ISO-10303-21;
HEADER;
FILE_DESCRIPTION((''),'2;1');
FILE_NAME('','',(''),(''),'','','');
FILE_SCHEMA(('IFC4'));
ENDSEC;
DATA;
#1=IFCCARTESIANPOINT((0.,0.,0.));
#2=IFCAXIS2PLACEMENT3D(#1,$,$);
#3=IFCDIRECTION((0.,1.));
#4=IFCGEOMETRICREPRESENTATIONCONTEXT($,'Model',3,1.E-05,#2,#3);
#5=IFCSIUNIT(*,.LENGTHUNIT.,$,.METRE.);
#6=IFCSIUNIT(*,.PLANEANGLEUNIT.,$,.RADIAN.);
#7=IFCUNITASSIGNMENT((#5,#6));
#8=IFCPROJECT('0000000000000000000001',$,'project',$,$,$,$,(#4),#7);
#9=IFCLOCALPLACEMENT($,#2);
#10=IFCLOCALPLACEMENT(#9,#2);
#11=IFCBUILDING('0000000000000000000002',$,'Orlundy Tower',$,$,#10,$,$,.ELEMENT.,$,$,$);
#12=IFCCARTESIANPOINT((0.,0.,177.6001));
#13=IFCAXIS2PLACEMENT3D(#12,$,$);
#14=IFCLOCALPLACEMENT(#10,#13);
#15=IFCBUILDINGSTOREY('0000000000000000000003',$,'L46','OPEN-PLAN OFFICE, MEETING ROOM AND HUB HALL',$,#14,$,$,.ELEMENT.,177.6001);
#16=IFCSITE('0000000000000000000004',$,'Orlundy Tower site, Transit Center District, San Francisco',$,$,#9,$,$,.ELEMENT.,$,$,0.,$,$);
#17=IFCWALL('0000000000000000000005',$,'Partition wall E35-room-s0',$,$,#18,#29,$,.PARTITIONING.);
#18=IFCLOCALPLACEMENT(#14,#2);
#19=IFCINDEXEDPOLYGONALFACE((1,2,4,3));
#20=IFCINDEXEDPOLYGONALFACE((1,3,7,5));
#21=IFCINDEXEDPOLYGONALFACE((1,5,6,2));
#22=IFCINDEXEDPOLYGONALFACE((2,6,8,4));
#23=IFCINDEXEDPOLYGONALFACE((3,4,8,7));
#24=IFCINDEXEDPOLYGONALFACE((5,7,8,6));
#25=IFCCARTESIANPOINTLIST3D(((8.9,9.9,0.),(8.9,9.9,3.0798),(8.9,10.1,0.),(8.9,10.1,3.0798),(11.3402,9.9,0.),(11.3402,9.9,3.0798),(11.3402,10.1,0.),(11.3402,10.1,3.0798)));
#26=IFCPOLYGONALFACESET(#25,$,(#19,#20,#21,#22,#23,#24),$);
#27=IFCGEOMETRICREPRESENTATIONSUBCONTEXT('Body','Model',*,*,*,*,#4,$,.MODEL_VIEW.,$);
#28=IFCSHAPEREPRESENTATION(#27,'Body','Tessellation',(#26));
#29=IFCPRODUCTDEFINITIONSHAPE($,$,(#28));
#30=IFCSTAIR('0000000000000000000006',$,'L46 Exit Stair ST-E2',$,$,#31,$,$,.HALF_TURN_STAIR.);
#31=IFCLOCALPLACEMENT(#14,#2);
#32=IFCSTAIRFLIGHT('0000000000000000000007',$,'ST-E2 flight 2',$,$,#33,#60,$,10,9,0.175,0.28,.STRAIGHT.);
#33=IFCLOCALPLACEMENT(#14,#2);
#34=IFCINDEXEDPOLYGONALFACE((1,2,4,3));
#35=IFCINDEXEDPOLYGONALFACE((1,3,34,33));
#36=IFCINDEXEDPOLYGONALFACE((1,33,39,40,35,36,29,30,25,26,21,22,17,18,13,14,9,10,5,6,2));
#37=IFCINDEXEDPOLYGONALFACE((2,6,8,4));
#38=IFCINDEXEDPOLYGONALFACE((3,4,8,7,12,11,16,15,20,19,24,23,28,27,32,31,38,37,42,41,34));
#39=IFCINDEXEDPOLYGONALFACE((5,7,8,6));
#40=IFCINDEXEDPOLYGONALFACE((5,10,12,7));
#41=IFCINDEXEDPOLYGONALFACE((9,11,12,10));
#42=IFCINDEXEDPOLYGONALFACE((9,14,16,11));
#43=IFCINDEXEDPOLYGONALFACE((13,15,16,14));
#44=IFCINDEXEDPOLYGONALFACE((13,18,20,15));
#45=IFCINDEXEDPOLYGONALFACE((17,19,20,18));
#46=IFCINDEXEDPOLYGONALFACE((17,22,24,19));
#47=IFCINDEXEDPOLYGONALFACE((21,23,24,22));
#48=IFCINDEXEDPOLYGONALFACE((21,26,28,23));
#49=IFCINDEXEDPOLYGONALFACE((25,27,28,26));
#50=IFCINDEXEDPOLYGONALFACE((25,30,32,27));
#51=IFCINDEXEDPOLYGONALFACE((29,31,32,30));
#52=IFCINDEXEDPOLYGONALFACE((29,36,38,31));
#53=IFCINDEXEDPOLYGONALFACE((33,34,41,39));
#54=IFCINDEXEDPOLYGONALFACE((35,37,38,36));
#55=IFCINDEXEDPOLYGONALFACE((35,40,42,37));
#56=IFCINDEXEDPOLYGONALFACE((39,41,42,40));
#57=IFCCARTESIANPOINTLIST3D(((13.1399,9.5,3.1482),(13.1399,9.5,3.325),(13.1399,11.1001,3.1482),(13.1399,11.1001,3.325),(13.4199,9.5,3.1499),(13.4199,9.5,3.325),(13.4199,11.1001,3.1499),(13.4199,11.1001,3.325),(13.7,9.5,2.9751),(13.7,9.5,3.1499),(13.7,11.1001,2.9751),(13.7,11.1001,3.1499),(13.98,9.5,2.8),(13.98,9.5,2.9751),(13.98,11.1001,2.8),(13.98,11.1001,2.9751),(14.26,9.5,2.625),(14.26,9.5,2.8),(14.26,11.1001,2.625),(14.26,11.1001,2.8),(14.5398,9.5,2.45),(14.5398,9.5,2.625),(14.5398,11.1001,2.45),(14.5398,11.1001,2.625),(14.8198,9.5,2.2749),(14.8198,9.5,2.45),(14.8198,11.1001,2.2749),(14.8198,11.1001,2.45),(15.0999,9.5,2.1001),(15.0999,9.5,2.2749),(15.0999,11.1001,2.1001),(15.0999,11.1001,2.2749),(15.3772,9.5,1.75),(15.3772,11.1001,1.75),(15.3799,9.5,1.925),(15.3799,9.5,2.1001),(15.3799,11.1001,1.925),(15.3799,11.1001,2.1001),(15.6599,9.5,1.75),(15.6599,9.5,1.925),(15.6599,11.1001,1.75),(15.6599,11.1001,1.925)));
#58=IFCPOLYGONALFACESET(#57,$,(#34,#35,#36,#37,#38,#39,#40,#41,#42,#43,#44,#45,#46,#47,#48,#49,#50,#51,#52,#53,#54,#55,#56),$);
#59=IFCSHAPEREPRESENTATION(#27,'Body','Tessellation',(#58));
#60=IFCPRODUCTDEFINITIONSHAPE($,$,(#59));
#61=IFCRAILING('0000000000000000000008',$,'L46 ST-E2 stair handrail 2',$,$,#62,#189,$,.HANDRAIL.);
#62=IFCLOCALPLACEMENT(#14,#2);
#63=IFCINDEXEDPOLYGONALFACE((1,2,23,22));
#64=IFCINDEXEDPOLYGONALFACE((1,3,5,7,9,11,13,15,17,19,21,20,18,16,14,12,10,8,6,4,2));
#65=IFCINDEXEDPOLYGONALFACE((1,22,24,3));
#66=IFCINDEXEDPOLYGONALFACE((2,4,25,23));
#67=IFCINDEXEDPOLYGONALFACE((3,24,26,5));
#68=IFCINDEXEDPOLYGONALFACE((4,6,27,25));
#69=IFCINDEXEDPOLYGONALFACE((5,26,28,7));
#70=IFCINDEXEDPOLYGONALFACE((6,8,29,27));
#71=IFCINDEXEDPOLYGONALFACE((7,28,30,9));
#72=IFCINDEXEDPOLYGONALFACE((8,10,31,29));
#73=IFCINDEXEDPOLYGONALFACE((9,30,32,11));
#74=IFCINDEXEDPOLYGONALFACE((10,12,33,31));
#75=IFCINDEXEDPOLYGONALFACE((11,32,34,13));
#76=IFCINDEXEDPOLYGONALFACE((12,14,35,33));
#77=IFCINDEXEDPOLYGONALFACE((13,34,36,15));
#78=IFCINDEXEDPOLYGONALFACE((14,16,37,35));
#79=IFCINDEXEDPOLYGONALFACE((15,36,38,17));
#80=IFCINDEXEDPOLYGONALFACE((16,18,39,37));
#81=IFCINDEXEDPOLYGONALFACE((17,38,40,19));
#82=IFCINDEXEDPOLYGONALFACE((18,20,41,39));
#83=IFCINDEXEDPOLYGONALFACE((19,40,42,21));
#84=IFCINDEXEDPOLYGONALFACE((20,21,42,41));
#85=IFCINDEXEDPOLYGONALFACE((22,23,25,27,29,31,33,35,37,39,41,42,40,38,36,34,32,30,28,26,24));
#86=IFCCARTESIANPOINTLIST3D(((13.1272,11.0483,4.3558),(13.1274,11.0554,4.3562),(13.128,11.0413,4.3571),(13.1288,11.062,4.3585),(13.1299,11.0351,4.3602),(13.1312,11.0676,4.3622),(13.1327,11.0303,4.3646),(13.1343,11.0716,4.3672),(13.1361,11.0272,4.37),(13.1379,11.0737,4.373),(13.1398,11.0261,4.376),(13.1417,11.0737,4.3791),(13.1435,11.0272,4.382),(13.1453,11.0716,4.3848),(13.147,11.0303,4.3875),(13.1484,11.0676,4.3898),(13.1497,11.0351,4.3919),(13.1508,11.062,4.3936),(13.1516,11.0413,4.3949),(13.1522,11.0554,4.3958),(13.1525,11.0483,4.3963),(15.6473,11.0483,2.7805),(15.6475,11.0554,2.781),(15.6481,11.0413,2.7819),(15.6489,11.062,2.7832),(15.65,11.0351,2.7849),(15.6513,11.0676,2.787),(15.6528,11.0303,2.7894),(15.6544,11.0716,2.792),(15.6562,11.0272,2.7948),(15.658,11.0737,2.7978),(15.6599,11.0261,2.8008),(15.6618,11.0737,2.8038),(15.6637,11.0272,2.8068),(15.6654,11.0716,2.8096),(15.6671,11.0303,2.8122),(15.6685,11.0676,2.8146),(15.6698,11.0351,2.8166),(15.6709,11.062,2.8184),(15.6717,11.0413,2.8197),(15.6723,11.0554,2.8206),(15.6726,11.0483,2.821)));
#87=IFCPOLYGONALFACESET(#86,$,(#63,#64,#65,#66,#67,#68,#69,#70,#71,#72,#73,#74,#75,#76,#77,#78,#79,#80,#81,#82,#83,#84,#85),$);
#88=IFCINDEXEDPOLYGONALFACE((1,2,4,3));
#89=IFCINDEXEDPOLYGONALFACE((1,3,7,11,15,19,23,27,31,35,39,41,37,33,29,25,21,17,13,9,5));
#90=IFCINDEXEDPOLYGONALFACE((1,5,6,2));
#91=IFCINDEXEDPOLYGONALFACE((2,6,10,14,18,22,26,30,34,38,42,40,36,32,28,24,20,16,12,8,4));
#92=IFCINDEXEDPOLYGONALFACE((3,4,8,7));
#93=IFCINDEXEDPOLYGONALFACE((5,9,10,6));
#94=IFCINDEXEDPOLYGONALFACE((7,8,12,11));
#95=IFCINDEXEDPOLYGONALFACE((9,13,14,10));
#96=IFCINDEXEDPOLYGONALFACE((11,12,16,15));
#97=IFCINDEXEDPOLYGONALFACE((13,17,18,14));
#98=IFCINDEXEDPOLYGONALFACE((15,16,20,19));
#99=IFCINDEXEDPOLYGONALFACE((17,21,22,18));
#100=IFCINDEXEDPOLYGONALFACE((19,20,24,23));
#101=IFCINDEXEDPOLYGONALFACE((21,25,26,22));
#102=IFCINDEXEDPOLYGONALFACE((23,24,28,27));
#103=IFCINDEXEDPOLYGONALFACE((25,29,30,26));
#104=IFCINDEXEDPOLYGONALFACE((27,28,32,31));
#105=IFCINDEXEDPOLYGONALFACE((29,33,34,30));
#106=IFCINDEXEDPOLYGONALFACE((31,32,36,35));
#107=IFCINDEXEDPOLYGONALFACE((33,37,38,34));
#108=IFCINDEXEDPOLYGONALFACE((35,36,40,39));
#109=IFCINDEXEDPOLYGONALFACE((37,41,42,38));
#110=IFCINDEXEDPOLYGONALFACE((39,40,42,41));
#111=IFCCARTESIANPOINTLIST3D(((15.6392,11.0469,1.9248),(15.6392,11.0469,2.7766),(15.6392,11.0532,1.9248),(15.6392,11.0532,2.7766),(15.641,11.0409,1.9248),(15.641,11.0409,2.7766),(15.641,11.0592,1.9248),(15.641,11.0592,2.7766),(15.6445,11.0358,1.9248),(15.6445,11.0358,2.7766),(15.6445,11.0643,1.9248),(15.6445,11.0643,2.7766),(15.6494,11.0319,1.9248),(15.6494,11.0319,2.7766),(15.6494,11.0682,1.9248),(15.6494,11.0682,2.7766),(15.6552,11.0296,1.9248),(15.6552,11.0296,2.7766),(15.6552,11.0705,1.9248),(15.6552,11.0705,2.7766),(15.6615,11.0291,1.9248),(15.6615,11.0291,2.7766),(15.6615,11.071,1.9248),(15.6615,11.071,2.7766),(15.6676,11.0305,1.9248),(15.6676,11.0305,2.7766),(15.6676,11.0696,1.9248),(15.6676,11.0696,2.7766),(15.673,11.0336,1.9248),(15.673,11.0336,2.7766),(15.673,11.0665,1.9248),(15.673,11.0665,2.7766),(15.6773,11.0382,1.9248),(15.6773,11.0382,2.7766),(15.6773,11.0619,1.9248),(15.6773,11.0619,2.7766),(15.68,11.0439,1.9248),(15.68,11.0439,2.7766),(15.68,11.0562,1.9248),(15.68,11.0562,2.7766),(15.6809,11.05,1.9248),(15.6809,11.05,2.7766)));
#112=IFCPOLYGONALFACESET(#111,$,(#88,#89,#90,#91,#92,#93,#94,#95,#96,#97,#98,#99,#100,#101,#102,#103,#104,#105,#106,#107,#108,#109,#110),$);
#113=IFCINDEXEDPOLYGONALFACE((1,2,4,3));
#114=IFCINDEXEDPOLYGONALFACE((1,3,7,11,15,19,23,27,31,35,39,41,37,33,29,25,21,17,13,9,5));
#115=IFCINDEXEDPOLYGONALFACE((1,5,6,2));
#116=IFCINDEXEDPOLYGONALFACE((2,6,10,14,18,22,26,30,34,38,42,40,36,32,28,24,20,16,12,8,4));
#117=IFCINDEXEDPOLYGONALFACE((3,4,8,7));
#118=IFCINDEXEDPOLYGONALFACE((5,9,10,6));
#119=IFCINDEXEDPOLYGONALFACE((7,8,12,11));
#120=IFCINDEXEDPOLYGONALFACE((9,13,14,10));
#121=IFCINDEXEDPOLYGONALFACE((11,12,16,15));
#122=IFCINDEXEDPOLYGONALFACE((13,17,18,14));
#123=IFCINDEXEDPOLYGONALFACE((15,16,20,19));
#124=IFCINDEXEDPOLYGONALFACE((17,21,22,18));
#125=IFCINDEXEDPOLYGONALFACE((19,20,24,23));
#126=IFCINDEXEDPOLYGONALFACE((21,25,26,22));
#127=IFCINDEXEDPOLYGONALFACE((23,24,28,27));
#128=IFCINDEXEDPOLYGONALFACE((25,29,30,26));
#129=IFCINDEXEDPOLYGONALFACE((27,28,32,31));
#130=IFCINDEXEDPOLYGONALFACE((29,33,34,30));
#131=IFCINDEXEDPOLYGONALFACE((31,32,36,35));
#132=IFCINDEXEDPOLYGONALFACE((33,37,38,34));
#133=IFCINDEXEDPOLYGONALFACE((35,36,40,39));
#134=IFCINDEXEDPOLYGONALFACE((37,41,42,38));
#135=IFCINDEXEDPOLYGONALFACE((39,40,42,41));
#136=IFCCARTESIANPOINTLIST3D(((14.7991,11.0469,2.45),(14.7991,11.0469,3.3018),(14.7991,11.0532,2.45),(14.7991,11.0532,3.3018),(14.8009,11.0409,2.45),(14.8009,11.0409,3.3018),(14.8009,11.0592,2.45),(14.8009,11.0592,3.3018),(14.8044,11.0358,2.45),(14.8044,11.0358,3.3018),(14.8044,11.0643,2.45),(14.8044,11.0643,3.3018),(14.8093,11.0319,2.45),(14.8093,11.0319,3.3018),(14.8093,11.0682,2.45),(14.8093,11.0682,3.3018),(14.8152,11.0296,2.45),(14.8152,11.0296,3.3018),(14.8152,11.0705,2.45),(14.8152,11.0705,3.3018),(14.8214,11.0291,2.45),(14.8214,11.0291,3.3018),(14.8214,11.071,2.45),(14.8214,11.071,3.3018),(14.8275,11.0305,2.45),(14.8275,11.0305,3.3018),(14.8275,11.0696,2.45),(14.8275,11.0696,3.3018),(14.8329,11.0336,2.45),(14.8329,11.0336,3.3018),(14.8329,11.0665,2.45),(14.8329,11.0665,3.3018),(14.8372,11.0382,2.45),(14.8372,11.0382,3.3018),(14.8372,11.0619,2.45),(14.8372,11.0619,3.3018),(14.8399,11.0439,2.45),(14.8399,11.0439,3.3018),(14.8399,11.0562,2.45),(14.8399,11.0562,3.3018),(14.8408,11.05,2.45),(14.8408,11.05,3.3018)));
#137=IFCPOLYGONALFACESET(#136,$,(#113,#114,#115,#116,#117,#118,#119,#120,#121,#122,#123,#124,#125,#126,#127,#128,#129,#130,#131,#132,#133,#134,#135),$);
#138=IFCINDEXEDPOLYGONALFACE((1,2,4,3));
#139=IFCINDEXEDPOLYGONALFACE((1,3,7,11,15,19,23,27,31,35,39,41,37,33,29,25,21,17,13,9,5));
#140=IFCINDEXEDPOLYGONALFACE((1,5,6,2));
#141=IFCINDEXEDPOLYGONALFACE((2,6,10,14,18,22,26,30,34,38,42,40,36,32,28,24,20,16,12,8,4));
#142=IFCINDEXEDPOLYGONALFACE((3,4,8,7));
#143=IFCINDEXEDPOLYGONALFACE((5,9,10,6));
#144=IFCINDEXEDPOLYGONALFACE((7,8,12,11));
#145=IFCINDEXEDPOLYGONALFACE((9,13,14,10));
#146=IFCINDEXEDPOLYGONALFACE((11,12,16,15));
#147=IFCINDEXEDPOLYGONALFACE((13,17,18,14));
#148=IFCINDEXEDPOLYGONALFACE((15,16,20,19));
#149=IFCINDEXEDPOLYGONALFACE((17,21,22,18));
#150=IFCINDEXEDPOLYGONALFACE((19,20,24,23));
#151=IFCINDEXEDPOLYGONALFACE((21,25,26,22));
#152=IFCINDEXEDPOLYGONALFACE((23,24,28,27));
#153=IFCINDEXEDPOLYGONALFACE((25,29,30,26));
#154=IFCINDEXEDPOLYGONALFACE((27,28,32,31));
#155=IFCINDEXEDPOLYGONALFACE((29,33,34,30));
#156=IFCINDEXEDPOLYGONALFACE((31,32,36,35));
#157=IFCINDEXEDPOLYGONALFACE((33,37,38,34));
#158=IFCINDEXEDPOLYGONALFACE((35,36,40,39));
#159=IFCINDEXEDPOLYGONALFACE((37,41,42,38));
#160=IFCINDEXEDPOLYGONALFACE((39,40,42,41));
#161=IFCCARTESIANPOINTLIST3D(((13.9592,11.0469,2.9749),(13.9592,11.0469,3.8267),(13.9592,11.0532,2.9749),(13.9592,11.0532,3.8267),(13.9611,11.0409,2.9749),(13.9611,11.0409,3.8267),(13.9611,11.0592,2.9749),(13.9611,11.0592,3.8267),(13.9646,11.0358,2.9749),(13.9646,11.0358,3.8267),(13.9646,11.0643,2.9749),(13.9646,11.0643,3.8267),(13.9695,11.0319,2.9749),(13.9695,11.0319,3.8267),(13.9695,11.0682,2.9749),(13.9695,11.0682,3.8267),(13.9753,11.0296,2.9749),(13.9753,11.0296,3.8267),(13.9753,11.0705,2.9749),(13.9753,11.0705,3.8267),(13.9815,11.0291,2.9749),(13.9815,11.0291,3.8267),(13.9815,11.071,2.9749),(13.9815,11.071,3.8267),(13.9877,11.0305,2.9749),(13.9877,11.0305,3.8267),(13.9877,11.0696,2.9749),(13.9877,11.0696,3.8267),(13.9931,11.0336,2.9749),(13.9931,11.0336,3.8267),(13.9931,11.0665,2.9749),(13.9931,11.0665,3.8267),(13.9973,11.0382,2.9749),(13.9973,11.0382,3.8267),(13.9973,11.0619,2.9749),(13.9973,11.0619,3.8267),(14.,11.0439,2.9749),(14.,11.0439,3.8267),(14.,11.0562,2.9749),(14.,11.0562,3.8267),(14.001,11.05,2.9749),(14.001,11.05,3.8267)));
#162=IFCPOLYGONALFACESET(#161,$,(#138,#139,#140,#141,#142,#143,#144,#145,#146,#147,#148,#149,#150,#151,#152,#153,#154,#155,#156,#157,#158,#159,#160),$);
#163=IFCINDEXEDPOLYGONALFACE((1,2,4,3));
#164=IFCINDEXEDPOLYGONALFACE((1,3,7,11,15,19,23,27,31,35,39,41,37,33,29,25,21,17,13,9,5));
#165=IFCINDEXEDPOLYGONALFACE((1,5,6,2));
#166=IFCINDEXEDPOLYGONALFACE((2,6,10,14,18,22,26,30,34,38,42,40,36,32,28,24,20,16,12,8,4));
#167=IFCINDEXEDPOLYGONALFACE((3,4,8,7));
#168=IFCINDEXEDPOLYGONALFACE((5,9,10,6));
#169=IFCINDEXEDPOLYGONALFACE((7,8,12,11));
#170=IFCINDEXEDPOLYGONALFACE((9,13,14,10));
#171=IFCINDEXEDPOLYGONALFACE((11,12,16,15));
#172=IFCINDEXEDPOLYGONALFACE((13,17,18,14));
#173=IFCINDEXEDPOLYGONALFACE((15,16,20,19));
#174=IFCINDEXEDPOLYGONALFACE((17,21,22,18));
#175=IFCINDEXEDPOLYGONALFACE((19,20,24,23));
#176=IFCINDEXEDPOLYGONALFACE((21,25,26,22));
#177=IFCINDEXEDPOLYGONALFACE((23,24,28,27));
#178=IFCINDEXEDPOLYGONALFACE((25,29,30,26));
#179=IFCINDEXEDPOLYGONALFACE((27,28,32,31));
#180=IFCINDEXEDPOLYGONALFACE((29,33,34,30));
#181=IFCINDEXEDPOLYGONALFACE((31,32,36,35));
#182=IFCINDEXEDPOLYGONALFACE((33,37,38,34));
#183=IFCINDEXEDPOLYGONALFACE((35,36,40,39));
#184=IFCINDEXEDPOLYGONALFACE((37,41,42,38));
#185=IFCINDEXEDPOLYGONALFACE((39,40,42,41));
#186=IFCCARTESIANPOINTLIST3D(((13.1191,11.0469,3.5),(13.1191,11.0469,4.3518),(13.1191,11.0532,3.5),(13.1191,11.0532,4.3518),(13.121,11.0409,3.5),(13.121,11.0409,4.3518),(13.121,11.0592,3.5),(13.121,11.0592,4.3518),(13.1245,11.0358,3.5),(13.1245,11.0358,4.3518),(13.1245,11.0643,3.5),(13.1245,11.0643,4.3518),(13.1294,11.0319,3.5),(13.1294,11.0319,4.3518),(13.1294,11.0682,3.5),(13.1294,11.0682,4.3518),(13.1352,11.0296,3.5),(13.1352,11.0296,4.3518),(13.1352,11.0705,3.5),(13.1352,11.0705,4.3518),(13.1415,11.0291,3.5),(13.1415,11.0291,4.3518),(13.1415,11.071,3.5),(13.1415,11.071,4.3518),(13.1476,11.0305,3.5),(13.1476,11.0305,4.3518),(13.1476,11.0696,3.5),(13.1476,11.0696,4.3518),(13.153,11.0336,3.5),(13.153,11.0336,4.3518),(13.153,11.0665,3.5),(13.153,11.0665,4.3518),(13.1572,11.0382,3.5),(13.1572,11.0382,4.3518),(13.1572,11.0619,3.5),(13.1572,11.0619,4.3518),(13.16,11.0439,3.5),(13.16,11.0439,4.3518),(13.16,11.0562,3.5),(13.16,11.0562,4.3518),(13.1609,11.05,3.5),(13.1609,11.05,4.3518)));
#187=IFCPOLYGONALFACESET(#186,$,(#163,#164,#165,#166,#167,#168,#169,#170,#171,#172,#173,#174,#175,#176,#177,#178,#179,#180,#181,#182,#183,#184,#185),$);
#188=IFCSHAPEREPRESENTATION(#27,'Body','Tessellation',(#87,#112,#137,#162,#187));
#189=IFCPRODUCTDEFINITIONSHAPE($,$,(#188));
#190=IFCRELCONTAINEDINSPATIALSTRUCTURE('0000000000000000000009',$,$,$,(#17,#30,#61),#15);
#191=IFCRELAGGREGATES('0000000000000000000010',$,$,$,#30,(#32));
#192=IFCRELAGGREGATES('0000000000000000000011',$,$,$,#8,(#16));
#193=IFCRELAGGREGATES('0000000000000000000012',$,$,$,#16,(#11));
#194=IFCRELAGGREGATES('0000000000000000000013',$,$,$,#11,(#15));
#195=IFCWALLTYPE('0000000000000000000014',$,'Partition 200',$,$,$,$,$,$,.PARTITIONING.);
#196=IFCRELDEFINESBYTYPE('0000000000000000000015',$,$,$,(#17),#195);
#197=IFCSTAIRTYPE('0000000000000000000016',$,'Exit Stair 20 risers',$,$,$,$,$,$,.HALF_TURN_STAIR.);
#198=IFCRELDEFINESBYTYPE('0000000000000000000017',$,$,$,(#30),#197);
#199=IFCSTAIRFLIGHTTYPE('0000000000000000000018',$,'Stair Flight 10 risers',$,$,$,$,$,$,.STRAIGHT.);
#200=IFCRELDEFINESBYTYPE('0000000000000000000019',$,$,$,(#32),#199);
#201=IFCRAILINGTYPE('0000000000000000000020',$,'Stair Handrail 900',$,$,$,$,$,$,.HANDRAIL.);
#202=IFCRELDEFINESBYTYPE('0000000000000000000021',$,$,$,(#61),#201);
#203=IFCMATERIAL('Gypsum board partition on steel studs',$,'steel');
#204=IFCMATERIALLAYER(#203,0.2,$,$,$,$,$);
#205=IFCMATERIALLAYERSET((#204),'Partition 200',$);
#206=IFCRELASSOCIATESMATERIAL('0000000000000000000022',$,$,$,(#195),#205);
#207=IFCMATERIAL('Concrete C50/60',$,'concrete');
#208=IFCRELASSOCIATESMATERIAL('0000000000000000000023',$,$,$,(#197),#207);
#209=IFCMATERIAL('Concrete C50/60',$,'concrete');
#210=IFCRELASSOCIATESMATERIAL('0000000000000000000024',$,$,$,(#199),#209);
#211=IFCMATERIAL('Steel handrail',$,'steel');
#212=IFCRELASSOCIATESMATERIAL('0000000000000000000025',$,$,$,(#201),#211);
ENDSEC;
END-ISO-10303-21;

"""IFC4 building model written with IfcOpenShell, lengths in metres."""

from ifc_helpers import new_model, si_unit, direction, frame, frame_2d, origin, origin_2d, place, context, subcontext, project, spatial, polyline, rectangle, circle, outline, extrude, material, layer, layer_set, type_object, element, aggregate, save


model = new_model("IFC4")

# Units and contexts
model_context = context("Model", 3, precision=1e-05, world=origin(), true_north=direction((0.0, 1.0)))
body_context = subcontext(model_context, "Body", "Model", "MODEL_VIEW")
ifc_project = project(units=[si_unit("LENGTHUNIT", "METRE"), si_unit("PLANEANGLEUNIT", "RADIAN")], contexts=[model_context])

# Site, building, storey
site_placement = place(None, origin())
site = spatial("IfcSite", under=ifc_project, at=site_placement, Name="Orlundy Tower site, Transit Center District, San Francisco", CompositionType="ELEMENT", RefElevation=0.0)
building_placement = place(site_placement, origin())
building = spatial("IfcBuilding", under=site, at=building_placement, Name="Orlundy Tower", CompositionType="ELEMENT")
storey_placement = place(building_placement, frame((0.0, 0.0, 177.6001)))
storey = spatial("IfcBuildingStorey", under=building, at=storey_placement, Name="L46", Description="OPEN-PLAN OFFICE, MEETING ROOM AND HUB HALL", CompositionType="ELEMENT", Elevation=177.6001)

# Wall
ifc_material_1 = material(Name="Gypsum board partition on steel studs", Category="steel")
ifc_layer_1 = layer(ifc_material_1, 0.2)
ifc_layer_set_1 = layer_set([ifc_layer_1], Name="Partition 200")
wall_type_1 = type_object("IfcWallType", Name="Partition 200", PredefinedType="PARTITIONING", material=ifc_layer_set_1)
wall_1_placement = place(storey_placement, frame((8.8999, 10.0, 0.0), z_axis=(0.0, 0.0, 1.0), x_axis=(1.0, 0.0, 0.0)))
element("IfcWall", 1, at=wall_1_placement, inside=storey, type_object=wall_type_1, Name="Partition wall E35-room-s0", PredefinedType="PARTITIONING", context=body_context, shape_type="SweptSolid", body=[
    extrude(rectangle(XDim=2.4402, YDim=0.2, at=frame_2d((1.2202, 0.0))), origin(), (0.0, 0.0, 1.0), 3.0798),
])

# Stair, stair flight
ifc_material_2 = material(Name="Concrete C50/60", Category="concrete")
stair_type = type_object("IfcStairType", Name="Exit Stair 20 risers", PredefinedType="HALF_TURN_STAIR", material=ifc_material_2)
stair_placement = place(storey_placement, origin())
stair = element("IfcStair", 2, at=stair_placement, inside=storey, type_object=stair_type, Name="L46 Exit Stair ST-E2", PredefinedType="HALF_TURN_STAIR")
ifc_material_3 = material(Name="Concrete C50/60", Category="concrete")
stair_flight_type = type_object("IfcStairFlightType", Name="Stair Flight 10 risers", PredefinedType="STRAIGHT", material=ifc_material_3)
stair_flight_placement = place(storey_placement, frame((15.6599, 10.3, 1.75), z_axis=(0.0, 0.0, 1.0), x_axis=(-1.0, 0.0, 0.0)))
stair_flight = element("IfcStairFlight", 3, at=stair_flight_placement, type_object=stair_flight_type, Name="ST-E2 flight 2", NumberOfRisers=10, NumberOfTreads=9, PredefinedType="STRAIGHT", RiserHeight=0.175, TreadLength=0.28, context=body_context, shape_type="SweptSolid", body=[
    extrude(outline(polyline([(0.0, 0.0), (0.0, 0.175), (0.28, 0.175), (0.28, 0.3501), (0.5601, 0.3501), (0.5601, 0.5249), (0.8401, 0.5249), (0.8401, 0.7), (1.1201, 0.7), (1.1201, 0.875), (1.3999, 0.875), (1.3999, 1.05), (1.6799, 1.05), (1.6799, 1.2251), (1.96, 1.2251), (1.96, 1.3999), (2.24, 1.3999), (2.24, 1.575), (2.52, 1.575), (2.52, 1.75), (2.52, 1.3982), (0.2827, 0.0), (0.0, 0.0)])), frame((0.0, 0.8, 0.0), z_axis=(0.0, -1.0, 0.0), x_axis=(1.0, 0.0, 0.0)), (0.0, 0.0, 1.0), 1.6001),
])
aggregate(stair, [stair_flight])

# Railing
ifc_material_4 = material(Name="Steel handrail", Category="steel")
railing_type = type_object("IfcRailingType", Name="Stair Handrail 900", PredefinedType="HANDRAIL", material=ifc_material_4)
railing_placement = place(storey_placement, frame((15.6599, 11.05, 1.9248)))
element("IfcRailing", 4, at=railing_placement, inside=storey, type_object=railing_type, Name="L46 ST-E2 stair handrail 2", PredefinedType="HANDRAIL", context=body_context, shape_type="SweptSolid", body=[
    extrude(circle(Radius=0.0239, at=origin_2d()), frame((0.0, 0.0, 0.876), z_axis=(-0.847971, 0.0, 0.530043), x_axis=(0.0, -1.0, 0.0)), (0.0, 0.0, 1.0), 2.9719),
    extrude(circle(Radius=0.021, at=origin_2d()), origin(), (0.0, 0.0, 1.0), 0.8518),
    extrude(circle(Radius=0.021, at=origin_2d()), frame((-0.8401, 0.0, 0.5251)), (0.0, 0.0, 1.0), 0.8518),
    extrude(circle(Radius=0.021, at=origin_2d()), frame((-1.6799, 0.0, 1.05)), (0.0, 0.0, 1.0), 0.8518),
    extrude(circle(Radius=0.021, at=origin_2d()), frame((-2.52, 0.0, 1.5752)), (0.0, 0.0, 1.0), 0.8518),
])

save(model, "model.ifc")
